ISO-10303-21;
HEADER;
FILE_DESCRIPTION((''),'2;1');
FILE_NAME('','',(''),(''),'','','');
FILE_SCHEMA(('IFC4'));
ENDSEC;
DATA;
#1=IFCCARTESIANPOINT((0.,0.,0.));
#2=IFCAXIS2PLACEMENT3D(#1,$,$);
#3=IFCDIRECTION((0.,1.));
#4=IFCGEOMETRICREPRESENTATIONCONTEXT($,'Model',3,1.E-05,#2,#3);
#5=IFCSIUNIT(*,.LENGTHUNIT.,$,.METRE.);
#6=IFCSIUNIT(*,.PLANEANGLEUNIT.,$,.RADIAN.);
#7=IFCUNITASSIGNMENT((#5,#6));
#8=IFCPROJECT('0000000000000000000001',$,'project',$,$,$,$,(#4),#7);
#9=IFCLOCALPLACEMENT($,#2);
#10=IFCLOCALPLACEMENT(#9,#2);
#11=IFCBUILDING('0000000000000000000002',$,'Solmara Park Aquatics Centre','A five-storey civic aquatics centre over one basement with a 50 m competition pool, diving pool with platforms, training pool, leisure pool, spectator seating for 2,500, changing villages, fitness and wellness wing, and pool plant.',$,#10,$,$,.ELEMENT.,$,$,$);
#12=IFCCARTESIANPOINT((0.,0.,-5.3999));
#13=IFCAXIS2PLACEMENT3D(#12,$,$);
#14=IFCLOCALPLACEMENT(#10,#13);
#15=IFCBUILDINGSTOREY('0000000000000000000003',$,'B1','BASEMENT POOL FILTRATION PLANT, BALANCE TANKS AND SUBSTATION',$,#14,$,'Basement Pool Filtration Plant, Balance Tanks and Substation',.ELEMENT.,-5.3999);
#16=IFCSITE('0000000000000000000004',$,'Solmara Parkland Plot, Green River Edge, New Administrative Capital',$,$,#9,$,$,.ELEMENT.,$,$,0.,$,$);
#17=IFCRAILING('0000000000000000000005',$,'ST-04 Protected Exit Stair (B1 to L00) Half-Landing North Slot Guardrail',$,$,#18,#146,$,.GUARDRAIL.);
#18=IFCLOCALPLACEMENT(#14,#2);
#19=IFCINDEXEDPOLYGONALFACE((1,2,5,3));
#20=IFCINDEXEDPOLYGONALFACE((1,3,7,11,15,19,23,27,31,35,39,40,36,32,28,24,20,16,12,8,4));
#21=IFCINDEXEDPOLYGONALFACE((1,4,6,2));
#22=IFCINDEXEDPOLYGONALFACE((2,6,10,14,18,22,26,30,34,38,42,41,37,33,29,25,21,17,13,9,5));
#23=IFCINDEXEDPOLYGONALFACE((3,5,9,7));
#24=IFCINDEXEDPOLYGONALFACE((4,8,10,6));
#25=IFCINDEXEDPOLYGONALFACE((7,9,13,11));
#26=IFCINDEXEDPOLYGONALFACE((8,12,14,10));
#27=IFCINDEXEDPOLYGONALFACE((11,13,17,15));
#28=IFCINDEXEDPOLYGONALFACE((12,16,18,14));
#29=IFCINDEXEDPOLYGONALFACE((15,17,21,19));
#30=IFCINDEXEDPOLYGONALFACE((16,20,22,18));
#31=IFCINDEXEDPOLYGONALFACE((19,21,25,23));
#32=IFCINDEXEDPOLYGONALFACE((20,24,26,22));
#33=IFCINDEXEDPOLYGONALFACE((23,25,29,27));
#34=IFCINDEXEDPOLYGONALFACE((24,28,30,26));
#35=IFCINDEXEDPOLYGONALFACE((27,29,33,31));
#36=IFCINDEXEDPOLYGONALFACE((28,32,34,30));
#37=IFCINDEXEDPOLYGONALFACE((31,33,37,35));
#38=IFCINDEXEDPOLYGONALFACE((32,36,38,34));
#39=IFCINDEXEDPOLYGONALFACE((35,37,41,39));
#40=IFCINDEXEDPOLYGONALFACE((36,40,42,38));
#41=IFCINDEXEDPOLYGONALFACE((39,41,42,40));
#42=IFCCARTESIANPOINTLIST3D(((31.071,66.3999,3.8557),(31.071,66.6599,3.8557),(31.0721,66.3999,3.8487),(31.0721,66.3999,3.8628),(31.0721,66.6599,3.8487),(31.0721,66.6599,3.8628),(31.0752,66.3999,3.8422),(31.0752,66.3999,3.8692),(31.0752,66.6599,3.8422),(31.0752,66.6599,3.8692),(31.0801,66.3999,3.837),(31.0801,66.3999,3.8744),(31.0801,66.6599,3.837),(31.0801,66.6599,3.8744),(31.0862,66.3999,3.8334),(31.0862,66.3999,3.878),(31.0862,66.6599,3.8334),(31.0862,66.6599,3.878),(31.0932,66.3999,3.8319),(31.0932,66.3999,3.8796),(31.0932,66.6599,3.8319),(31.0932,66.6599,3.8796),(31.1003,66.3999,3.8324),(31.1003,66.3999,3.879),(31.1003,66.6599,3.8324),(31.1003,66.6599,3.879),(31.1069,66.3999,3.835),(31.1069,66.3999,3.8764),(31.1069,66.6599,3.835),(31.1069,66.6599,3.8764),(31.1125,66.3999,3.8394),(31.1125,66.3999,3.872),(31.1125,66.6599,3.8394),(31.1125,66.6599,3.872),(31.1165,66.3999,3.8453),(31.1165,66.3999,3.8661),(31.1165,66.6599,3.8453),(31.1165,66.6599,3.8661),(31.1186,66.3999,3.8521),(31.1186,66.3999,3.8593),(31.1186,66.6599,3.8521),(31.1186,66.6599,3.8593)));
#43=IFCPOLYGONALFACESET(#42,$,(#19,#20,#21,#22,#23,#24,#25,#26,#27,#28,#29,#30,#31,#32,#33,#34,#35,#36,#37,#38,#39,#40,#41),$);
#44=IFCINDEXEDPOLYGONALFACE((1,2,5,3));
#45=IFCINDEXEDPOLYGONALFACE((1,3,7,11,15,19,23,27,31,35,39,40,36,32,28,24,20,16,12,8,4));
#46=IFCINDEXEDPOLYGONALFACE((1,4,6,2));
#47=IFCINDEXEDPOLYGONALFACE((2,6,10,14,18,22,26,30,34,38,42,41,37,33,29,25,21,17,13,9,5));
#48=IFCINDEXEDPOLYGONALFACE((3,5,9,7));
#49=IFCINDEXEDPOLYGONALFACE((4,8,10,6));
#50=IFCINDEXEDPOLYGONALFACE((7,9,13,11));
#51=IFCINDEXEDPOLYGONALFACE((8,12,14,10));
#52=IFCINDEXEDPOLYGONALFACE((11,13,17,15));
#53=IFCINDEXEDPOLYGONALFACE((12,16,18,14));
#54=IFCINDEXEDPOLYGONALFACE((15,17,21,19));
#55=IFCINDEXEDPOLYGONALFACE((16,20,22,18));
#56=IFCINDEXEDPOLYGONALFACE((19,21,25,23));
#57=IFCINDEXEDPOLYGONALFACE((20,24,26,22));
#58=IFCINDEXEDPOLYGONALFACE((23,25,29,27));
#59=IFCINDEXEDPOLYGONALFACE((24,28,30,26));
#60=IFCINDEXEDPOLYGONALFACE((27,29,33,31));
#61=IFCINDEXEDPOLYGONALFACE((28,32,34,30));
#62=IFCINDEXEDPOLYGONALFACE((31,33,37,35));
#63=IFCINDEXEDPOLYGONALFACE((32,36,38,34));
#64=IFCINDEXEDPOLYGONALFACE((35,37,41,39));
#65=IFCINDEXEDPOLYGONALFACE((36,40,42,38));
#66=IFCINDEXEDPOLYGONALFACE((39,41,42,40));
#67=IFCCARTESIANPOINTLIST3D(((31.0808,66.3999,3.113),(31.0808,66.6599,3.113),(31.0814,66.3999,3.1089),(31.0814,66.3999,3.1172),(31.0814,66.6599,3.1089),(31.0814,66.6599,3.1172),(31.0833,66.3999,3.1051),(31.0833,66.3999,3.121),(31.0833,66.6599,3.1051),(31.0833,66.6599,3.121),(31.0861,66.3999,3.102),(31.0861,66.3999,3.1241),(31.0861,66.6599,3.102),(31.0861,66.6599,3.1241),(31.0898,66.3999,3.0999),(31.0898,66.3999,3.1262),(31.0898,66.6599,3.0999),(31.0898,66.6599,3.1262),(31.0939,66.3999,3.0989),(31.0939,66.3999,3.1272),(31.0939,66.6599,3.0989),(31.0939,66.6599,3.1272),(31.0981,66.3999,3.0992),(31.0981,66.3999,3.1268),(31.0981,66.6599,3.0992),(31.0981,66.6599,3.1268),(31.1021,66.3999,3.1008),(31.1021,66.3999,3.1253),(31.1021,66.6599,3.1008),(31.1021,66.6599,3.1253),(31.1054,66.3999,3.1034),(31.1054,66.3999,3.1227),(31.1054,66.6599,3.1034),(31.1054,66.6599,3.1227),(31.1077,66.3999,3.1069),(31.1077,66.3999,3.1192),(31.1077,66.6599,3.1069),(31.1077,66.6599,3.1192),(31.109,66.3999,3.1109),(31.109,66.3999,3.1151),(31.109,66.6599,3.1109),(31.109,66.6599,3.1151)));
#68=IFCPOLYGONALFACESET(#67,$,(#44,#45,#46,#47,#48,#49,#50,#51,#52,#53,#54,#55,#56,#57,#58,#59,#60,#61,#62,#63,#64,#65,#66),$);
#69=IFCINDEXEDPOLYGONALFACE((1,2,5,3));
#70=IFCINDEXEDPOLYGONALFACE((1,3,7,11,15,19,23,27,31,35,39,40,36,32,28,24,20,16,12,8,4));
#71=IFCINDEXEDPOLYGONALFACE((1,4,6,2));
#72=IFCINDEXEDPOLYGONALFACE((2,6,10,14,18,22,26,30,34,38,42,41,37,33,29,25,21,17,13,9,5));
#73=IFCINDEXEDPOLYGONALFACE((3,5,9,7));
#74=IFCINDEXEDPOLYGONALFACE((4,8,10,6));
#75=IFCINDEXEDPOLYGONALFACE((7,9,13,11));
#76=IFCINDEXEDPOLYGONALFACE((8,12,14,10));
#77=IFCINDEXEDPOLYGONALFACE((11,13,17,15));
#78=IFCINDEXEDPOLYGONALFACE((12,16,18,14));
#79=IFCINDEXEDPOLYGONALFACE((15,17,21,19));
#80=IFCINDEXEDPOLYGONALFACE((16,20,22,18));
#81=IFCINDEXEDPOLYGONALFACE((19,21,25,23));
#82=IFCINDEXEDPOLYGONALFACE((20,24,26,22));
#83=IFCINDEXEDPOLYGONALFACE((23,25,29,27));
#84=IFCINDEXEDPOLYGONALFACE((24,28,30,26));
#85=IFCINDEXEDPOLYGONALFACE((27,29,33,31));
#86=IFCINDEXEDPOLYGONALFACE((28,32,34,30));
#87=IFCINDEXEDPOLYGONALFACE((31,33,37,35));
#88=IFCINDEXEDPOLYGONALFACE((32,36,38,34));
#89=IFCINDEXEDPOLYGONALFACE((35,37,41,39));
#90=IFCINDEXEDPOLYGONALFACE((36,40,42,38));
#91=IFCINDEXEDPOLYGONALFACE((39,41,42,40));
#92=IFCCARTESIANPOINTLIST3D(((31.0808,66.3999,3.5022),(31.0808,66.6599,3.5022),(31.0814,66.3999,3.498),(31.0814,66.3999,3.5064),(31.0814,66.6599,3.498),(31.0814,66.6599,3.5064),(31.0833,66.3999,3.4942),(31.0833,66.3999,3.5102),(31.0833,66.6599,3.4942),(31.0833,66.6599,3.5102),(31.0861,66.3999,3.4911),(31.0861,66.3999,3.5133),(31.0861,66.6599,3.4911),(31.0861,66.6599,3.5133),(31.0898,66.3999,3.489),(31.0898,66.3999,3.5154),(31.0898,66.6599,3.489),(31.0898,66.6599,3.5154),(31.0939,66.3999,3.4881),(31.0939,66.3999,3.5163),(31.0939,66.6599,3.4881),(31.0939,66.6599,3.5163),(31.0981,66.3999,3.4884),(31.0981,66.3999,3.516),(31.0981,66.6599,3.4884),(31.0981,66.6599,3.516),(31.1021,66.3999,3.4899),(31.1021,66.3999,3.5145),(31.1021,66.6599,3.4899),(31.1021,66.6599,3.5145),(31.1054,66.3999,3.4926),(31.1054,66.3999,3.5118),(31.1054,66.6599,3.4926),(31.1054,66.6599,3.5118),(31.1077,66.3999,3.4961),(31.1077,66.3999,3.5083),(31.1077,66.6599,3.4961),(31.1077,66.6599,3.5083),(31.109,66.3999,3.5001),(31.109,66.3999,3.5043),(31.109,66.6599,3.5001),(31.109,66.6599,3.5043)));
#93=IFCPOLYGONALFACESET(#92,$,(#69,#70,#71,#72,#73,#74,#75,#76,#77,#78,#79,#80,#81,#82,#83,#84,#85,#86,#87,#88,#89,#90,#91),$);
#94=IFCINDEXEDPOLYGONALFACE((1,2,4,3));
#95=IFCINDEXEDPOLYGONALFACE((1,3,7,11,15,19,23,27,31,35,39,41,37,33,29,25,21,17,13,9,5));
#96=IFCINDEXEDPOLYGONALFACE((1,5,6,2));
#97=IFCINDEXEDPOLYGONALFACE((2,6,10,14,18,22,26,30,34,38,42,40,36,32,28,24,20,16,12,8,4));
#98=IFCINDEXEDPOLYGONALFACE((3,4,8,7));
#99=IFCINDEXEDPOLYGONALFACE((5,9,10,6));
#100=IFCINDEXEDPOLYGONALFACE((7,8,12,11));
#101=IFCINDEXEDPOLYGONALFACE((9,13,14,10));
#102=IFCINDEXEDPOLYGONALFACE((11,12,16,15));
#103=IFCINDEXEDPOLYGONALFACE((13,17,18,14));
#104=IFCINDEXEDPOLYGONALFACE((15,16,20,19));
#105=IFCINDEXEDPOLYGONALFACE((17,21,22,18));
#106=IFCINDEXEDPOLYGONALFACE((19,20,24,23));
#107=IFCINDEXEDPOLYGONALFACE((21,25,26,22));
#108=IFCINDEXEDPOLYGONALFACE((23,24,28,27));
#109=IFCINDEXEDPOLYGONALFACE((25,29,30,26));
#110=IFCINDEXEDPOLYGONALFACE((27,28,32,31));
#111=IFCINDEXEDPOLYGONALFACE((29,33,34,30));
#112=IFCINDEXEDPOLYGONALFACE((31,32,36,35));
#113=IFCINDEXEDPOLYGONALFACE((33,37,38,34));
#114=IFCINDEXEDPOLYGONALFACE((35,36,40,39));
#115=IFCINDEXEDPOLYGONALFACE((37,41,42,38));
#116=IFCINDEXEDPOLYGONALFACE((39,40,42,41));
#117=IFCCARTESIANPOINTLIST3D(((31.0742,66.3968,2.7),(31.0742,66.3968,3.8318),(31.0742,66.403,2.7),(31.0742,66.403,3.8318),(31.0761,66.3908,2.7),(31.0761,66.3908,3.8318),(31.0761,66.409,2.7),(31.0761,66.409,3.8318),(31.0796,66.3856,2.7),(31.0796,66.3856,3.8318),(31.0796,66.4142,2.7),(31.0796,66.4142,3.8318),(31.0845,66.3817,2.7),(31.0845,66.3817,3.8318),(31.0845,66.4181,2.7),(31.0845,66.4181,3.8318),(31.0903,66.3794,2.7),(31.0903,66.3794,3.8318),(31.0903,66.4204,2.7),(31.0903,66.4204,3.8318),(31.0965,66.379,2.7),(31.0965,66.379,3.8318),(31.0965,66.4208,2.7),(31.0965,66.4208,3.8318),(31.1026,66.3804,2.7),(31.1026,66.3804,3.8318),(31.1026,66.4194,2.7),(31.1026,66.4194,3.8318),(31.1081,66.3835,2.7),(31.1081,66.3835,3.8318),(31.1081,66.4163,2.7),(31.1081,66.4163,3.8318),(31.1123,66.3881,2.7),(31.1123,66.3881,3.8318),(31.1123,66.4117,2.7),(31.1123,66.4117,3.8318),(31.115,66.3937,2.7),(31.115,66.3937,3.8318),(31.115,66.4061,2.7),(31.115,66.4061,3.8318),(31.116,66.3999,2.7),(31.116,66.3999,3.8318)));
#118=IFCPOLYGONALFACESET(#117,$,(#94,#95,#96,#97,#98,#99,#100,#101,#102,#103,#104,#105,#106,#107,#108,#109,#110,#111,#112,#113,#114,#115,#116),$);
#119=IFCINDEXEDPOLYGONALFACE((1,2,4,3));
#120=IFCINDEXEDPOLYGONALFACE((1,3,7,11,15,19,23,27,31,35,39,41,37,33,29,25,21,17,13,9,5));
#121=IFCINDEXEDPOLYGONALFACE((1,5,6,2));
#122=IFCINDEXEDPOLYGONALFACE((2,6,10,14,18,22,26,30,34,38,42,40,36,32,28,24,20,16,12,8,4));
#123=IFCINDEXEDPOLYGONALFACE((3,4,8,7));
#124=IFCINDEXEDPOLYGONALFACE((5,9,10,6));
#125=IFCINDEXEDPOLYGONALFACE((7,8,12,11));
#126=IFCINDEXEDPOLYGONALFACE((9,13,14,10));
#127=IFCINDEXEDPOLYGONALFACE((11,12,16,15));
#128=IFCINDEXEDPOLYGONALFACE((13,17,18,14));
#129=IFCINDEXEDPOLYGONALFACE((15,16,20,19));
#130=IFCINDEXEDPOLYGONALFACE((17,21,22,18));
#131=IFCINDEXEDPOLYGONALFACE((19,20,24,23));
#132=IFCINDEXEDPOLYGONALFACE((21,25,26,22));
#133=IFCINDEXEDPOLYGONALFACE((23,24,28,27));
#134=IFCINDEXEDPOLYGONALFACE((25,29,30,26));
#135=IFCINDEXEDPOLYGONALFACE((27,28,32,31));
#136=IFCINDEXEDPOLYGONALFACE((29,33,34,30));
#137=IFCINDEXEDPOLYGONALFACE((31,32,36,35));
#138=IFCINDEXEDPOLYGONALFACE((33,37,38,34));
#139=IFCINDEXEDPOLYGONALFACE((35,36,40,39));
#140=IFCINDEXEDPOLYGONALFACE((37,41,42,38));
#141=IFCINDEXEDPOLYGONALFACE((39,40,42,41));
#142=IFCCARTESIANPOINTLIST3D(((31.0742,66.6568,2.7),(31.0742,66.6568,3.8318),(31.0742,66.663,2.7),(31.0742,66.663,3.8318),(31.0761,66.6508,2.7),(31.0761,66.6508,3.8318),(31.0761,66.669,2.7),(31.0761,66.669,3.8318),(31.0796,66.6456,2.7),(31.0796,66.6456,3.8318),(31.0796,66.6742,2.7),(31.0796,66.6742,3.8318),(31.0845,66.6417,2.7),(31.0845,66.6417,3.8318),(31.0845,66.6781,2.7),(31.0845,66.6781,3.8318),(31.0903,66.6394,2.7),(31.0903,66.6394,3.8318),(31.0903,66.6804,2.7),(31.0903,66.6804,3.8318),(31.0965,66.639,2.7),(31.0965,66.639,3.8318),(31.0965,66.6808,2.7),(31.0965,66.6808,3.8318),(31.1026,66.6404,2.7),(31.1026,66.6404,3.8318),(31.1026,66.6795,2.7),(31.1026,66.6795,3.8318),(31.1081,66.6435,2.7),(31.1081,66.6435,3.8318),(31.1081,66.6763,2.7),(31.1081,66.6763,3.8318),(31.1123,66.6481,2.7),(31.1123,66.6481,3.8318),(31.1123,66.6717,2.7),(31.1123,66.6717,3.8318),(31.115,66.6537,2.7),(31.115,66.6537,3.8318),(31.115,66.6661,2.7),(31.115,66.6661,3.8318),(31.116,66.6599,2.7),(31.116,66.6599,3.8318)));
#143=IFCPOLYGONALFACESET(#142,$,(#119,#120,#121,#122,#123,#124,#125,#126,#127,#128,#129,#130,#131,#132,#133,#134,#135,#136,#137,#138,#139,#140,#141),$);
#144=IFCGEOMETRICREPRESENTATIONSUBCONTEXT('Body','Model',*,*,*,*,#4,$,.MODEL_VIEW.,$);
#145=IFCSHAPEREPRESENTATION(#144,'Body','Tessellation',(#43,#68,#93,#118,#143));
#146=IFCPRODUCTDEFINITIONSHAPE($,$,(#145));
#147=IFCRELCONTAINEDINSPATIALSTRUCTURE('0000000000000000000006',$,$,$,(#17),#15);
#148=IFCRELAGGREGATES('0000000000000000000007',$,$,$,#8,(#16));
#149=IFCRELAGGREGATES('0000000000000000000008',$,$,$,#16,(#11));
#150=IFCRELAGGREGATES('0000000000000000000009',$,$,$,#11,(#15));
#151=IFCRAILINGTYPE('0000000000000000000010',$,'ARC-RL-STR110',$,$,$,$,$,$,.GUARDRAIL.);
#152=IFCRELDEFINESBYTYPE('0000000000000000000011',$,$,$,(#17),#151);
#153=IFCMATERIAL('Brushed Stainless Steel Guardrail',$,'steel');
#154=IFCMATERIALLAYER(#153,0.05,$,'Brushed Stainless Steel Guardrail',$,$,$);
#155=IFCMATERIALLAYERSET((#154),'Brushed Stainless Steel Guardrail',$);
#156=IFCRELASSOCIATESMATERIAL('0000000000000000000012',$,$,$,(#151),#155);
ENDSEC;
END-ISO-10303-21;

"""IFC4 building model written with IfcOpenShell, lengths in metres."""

from ifc_helpers import new_model, si_unit, direction, frame, origin, origin_2d, place, context, subcontext, project, spatial, circle, extrude, material, layer, layer_set, type_object, element, save


model = new_model("IFC4")

# Units and contexts
model_context = context("Model", 3, precision=1e-05, world=origin(), true_north=direction((0.0, 1.0)))
body_context = subcontext(model_context, "Body", "Model", "MODEL_VIEW")
ifc_project = project(units=[si_unit("LENGTHUNIT", "METRE"), si_unit("PLANEANGLEUNIT", "RADIAN")], contexts=[model_context])

# Site, building, storey
site_placement = place(None, origin())
site = spatial("IfcSite", under=ifc_project, at=site_placement, Name="Solmara Parkland Plot, Green River Edge, New Administrative Capital", CompositionType="ELEMENT", RefElevation=0.0)
building_placement = place(site_placement, origin())
building = spatial("IfcBuilding", under=site, at=building_placement, Name="Solmara Park Aquatics Centre", Description="A five-storey civic aquatics centre over one basement with a 50 m competition pool, diving pool with platforms, training pool, leisure pool, spectator seating for 2,500, changing villages, fitness and wellness wing, and pool plant.", CompositionType="ELEMENT")
storey_placement = place(building_placement, frame((0.0, 0.0, -5.3999)))
storey = spatial("IfcBuildingStorey", under=building, at=storey_placement, Name="B1", Description="BASEMENT POOL FILTRATION PLANT, BALANCE TANKS AND SUBSTATION", LongName="Basement Pool Filtration Plant, Balance Tanks and Substation", CompositionType="ELEMENT", Elevation=-5.3999)

# Railing
ifc_material_1 = material(Name="Brushed Stainless Steel Guardrail", Category="steel")
ifc_layer_1 = layer(ifc_material_1, 0.05, Name="Brushed Stainless Steel Guardrail")
ifc_layer_set_1 = layer_set([ifc_layer_1], Name="Brushed Stainless Steel Guardrail")
railing_type_1 = type_object("IfcRailingType", Name="ARC-RL-STR110", PredefinedType="GUARDRAIL", material=ifc_layer_set_1)
railing_1_placement = place(storey_placement, frame((31.095, 66.3999, 2.7)))
element("IfcRailing", 1, at=railing_1_placement, inside=storey, type_object=railing_type_1, Name="ST-04 Protected Exit Stair (B1 to L00) Half-Landing North Slot Guardrail", PredefinedType="GUARDRAIL", context=body_context, shape_type="SweptSolid", body=[
    extrude(circle(Radius=0.0239, at=origin_2d()), frame((0.0, 0.0, 1.1558), z_axis=(0.0, 1.0, 0.0), x_axis=(-1.0, 0.0, 0.0)), (0.0, 0.0, 1.0), 0.26),
    extrude(circle(Radius=0.0142, at=origin_2d()), frame((0.0, 0.0, 0.4131), z_axis=(0.0, 1.0, 0.0), x_axis=(-1.0, 0.0, 0.0)), (0.0, 0.0, 1.0), 0.26),
    extrude(circle(Radius=0.0142, at=origin_2d()), frame((0.0, 0.0, 0.8022), z_axis=(0.0, 1.0, 0.0), x_axis=(-1.0, 0.0, 0.0)), (0.0, 0.0, 1.0), 0.26),
    extrude(circle(Radius=0.021, at=origin_2d()), origin(), (0.0, 0.0, 1.0), 1.1318),
    extrude(circle(Radius=0.021, at=origin_2d()), frame((0.0, 0.26, 0.0)), (0.0, 0.0, 1.0), 1.1318),
])

save(model, "model.ifc")
